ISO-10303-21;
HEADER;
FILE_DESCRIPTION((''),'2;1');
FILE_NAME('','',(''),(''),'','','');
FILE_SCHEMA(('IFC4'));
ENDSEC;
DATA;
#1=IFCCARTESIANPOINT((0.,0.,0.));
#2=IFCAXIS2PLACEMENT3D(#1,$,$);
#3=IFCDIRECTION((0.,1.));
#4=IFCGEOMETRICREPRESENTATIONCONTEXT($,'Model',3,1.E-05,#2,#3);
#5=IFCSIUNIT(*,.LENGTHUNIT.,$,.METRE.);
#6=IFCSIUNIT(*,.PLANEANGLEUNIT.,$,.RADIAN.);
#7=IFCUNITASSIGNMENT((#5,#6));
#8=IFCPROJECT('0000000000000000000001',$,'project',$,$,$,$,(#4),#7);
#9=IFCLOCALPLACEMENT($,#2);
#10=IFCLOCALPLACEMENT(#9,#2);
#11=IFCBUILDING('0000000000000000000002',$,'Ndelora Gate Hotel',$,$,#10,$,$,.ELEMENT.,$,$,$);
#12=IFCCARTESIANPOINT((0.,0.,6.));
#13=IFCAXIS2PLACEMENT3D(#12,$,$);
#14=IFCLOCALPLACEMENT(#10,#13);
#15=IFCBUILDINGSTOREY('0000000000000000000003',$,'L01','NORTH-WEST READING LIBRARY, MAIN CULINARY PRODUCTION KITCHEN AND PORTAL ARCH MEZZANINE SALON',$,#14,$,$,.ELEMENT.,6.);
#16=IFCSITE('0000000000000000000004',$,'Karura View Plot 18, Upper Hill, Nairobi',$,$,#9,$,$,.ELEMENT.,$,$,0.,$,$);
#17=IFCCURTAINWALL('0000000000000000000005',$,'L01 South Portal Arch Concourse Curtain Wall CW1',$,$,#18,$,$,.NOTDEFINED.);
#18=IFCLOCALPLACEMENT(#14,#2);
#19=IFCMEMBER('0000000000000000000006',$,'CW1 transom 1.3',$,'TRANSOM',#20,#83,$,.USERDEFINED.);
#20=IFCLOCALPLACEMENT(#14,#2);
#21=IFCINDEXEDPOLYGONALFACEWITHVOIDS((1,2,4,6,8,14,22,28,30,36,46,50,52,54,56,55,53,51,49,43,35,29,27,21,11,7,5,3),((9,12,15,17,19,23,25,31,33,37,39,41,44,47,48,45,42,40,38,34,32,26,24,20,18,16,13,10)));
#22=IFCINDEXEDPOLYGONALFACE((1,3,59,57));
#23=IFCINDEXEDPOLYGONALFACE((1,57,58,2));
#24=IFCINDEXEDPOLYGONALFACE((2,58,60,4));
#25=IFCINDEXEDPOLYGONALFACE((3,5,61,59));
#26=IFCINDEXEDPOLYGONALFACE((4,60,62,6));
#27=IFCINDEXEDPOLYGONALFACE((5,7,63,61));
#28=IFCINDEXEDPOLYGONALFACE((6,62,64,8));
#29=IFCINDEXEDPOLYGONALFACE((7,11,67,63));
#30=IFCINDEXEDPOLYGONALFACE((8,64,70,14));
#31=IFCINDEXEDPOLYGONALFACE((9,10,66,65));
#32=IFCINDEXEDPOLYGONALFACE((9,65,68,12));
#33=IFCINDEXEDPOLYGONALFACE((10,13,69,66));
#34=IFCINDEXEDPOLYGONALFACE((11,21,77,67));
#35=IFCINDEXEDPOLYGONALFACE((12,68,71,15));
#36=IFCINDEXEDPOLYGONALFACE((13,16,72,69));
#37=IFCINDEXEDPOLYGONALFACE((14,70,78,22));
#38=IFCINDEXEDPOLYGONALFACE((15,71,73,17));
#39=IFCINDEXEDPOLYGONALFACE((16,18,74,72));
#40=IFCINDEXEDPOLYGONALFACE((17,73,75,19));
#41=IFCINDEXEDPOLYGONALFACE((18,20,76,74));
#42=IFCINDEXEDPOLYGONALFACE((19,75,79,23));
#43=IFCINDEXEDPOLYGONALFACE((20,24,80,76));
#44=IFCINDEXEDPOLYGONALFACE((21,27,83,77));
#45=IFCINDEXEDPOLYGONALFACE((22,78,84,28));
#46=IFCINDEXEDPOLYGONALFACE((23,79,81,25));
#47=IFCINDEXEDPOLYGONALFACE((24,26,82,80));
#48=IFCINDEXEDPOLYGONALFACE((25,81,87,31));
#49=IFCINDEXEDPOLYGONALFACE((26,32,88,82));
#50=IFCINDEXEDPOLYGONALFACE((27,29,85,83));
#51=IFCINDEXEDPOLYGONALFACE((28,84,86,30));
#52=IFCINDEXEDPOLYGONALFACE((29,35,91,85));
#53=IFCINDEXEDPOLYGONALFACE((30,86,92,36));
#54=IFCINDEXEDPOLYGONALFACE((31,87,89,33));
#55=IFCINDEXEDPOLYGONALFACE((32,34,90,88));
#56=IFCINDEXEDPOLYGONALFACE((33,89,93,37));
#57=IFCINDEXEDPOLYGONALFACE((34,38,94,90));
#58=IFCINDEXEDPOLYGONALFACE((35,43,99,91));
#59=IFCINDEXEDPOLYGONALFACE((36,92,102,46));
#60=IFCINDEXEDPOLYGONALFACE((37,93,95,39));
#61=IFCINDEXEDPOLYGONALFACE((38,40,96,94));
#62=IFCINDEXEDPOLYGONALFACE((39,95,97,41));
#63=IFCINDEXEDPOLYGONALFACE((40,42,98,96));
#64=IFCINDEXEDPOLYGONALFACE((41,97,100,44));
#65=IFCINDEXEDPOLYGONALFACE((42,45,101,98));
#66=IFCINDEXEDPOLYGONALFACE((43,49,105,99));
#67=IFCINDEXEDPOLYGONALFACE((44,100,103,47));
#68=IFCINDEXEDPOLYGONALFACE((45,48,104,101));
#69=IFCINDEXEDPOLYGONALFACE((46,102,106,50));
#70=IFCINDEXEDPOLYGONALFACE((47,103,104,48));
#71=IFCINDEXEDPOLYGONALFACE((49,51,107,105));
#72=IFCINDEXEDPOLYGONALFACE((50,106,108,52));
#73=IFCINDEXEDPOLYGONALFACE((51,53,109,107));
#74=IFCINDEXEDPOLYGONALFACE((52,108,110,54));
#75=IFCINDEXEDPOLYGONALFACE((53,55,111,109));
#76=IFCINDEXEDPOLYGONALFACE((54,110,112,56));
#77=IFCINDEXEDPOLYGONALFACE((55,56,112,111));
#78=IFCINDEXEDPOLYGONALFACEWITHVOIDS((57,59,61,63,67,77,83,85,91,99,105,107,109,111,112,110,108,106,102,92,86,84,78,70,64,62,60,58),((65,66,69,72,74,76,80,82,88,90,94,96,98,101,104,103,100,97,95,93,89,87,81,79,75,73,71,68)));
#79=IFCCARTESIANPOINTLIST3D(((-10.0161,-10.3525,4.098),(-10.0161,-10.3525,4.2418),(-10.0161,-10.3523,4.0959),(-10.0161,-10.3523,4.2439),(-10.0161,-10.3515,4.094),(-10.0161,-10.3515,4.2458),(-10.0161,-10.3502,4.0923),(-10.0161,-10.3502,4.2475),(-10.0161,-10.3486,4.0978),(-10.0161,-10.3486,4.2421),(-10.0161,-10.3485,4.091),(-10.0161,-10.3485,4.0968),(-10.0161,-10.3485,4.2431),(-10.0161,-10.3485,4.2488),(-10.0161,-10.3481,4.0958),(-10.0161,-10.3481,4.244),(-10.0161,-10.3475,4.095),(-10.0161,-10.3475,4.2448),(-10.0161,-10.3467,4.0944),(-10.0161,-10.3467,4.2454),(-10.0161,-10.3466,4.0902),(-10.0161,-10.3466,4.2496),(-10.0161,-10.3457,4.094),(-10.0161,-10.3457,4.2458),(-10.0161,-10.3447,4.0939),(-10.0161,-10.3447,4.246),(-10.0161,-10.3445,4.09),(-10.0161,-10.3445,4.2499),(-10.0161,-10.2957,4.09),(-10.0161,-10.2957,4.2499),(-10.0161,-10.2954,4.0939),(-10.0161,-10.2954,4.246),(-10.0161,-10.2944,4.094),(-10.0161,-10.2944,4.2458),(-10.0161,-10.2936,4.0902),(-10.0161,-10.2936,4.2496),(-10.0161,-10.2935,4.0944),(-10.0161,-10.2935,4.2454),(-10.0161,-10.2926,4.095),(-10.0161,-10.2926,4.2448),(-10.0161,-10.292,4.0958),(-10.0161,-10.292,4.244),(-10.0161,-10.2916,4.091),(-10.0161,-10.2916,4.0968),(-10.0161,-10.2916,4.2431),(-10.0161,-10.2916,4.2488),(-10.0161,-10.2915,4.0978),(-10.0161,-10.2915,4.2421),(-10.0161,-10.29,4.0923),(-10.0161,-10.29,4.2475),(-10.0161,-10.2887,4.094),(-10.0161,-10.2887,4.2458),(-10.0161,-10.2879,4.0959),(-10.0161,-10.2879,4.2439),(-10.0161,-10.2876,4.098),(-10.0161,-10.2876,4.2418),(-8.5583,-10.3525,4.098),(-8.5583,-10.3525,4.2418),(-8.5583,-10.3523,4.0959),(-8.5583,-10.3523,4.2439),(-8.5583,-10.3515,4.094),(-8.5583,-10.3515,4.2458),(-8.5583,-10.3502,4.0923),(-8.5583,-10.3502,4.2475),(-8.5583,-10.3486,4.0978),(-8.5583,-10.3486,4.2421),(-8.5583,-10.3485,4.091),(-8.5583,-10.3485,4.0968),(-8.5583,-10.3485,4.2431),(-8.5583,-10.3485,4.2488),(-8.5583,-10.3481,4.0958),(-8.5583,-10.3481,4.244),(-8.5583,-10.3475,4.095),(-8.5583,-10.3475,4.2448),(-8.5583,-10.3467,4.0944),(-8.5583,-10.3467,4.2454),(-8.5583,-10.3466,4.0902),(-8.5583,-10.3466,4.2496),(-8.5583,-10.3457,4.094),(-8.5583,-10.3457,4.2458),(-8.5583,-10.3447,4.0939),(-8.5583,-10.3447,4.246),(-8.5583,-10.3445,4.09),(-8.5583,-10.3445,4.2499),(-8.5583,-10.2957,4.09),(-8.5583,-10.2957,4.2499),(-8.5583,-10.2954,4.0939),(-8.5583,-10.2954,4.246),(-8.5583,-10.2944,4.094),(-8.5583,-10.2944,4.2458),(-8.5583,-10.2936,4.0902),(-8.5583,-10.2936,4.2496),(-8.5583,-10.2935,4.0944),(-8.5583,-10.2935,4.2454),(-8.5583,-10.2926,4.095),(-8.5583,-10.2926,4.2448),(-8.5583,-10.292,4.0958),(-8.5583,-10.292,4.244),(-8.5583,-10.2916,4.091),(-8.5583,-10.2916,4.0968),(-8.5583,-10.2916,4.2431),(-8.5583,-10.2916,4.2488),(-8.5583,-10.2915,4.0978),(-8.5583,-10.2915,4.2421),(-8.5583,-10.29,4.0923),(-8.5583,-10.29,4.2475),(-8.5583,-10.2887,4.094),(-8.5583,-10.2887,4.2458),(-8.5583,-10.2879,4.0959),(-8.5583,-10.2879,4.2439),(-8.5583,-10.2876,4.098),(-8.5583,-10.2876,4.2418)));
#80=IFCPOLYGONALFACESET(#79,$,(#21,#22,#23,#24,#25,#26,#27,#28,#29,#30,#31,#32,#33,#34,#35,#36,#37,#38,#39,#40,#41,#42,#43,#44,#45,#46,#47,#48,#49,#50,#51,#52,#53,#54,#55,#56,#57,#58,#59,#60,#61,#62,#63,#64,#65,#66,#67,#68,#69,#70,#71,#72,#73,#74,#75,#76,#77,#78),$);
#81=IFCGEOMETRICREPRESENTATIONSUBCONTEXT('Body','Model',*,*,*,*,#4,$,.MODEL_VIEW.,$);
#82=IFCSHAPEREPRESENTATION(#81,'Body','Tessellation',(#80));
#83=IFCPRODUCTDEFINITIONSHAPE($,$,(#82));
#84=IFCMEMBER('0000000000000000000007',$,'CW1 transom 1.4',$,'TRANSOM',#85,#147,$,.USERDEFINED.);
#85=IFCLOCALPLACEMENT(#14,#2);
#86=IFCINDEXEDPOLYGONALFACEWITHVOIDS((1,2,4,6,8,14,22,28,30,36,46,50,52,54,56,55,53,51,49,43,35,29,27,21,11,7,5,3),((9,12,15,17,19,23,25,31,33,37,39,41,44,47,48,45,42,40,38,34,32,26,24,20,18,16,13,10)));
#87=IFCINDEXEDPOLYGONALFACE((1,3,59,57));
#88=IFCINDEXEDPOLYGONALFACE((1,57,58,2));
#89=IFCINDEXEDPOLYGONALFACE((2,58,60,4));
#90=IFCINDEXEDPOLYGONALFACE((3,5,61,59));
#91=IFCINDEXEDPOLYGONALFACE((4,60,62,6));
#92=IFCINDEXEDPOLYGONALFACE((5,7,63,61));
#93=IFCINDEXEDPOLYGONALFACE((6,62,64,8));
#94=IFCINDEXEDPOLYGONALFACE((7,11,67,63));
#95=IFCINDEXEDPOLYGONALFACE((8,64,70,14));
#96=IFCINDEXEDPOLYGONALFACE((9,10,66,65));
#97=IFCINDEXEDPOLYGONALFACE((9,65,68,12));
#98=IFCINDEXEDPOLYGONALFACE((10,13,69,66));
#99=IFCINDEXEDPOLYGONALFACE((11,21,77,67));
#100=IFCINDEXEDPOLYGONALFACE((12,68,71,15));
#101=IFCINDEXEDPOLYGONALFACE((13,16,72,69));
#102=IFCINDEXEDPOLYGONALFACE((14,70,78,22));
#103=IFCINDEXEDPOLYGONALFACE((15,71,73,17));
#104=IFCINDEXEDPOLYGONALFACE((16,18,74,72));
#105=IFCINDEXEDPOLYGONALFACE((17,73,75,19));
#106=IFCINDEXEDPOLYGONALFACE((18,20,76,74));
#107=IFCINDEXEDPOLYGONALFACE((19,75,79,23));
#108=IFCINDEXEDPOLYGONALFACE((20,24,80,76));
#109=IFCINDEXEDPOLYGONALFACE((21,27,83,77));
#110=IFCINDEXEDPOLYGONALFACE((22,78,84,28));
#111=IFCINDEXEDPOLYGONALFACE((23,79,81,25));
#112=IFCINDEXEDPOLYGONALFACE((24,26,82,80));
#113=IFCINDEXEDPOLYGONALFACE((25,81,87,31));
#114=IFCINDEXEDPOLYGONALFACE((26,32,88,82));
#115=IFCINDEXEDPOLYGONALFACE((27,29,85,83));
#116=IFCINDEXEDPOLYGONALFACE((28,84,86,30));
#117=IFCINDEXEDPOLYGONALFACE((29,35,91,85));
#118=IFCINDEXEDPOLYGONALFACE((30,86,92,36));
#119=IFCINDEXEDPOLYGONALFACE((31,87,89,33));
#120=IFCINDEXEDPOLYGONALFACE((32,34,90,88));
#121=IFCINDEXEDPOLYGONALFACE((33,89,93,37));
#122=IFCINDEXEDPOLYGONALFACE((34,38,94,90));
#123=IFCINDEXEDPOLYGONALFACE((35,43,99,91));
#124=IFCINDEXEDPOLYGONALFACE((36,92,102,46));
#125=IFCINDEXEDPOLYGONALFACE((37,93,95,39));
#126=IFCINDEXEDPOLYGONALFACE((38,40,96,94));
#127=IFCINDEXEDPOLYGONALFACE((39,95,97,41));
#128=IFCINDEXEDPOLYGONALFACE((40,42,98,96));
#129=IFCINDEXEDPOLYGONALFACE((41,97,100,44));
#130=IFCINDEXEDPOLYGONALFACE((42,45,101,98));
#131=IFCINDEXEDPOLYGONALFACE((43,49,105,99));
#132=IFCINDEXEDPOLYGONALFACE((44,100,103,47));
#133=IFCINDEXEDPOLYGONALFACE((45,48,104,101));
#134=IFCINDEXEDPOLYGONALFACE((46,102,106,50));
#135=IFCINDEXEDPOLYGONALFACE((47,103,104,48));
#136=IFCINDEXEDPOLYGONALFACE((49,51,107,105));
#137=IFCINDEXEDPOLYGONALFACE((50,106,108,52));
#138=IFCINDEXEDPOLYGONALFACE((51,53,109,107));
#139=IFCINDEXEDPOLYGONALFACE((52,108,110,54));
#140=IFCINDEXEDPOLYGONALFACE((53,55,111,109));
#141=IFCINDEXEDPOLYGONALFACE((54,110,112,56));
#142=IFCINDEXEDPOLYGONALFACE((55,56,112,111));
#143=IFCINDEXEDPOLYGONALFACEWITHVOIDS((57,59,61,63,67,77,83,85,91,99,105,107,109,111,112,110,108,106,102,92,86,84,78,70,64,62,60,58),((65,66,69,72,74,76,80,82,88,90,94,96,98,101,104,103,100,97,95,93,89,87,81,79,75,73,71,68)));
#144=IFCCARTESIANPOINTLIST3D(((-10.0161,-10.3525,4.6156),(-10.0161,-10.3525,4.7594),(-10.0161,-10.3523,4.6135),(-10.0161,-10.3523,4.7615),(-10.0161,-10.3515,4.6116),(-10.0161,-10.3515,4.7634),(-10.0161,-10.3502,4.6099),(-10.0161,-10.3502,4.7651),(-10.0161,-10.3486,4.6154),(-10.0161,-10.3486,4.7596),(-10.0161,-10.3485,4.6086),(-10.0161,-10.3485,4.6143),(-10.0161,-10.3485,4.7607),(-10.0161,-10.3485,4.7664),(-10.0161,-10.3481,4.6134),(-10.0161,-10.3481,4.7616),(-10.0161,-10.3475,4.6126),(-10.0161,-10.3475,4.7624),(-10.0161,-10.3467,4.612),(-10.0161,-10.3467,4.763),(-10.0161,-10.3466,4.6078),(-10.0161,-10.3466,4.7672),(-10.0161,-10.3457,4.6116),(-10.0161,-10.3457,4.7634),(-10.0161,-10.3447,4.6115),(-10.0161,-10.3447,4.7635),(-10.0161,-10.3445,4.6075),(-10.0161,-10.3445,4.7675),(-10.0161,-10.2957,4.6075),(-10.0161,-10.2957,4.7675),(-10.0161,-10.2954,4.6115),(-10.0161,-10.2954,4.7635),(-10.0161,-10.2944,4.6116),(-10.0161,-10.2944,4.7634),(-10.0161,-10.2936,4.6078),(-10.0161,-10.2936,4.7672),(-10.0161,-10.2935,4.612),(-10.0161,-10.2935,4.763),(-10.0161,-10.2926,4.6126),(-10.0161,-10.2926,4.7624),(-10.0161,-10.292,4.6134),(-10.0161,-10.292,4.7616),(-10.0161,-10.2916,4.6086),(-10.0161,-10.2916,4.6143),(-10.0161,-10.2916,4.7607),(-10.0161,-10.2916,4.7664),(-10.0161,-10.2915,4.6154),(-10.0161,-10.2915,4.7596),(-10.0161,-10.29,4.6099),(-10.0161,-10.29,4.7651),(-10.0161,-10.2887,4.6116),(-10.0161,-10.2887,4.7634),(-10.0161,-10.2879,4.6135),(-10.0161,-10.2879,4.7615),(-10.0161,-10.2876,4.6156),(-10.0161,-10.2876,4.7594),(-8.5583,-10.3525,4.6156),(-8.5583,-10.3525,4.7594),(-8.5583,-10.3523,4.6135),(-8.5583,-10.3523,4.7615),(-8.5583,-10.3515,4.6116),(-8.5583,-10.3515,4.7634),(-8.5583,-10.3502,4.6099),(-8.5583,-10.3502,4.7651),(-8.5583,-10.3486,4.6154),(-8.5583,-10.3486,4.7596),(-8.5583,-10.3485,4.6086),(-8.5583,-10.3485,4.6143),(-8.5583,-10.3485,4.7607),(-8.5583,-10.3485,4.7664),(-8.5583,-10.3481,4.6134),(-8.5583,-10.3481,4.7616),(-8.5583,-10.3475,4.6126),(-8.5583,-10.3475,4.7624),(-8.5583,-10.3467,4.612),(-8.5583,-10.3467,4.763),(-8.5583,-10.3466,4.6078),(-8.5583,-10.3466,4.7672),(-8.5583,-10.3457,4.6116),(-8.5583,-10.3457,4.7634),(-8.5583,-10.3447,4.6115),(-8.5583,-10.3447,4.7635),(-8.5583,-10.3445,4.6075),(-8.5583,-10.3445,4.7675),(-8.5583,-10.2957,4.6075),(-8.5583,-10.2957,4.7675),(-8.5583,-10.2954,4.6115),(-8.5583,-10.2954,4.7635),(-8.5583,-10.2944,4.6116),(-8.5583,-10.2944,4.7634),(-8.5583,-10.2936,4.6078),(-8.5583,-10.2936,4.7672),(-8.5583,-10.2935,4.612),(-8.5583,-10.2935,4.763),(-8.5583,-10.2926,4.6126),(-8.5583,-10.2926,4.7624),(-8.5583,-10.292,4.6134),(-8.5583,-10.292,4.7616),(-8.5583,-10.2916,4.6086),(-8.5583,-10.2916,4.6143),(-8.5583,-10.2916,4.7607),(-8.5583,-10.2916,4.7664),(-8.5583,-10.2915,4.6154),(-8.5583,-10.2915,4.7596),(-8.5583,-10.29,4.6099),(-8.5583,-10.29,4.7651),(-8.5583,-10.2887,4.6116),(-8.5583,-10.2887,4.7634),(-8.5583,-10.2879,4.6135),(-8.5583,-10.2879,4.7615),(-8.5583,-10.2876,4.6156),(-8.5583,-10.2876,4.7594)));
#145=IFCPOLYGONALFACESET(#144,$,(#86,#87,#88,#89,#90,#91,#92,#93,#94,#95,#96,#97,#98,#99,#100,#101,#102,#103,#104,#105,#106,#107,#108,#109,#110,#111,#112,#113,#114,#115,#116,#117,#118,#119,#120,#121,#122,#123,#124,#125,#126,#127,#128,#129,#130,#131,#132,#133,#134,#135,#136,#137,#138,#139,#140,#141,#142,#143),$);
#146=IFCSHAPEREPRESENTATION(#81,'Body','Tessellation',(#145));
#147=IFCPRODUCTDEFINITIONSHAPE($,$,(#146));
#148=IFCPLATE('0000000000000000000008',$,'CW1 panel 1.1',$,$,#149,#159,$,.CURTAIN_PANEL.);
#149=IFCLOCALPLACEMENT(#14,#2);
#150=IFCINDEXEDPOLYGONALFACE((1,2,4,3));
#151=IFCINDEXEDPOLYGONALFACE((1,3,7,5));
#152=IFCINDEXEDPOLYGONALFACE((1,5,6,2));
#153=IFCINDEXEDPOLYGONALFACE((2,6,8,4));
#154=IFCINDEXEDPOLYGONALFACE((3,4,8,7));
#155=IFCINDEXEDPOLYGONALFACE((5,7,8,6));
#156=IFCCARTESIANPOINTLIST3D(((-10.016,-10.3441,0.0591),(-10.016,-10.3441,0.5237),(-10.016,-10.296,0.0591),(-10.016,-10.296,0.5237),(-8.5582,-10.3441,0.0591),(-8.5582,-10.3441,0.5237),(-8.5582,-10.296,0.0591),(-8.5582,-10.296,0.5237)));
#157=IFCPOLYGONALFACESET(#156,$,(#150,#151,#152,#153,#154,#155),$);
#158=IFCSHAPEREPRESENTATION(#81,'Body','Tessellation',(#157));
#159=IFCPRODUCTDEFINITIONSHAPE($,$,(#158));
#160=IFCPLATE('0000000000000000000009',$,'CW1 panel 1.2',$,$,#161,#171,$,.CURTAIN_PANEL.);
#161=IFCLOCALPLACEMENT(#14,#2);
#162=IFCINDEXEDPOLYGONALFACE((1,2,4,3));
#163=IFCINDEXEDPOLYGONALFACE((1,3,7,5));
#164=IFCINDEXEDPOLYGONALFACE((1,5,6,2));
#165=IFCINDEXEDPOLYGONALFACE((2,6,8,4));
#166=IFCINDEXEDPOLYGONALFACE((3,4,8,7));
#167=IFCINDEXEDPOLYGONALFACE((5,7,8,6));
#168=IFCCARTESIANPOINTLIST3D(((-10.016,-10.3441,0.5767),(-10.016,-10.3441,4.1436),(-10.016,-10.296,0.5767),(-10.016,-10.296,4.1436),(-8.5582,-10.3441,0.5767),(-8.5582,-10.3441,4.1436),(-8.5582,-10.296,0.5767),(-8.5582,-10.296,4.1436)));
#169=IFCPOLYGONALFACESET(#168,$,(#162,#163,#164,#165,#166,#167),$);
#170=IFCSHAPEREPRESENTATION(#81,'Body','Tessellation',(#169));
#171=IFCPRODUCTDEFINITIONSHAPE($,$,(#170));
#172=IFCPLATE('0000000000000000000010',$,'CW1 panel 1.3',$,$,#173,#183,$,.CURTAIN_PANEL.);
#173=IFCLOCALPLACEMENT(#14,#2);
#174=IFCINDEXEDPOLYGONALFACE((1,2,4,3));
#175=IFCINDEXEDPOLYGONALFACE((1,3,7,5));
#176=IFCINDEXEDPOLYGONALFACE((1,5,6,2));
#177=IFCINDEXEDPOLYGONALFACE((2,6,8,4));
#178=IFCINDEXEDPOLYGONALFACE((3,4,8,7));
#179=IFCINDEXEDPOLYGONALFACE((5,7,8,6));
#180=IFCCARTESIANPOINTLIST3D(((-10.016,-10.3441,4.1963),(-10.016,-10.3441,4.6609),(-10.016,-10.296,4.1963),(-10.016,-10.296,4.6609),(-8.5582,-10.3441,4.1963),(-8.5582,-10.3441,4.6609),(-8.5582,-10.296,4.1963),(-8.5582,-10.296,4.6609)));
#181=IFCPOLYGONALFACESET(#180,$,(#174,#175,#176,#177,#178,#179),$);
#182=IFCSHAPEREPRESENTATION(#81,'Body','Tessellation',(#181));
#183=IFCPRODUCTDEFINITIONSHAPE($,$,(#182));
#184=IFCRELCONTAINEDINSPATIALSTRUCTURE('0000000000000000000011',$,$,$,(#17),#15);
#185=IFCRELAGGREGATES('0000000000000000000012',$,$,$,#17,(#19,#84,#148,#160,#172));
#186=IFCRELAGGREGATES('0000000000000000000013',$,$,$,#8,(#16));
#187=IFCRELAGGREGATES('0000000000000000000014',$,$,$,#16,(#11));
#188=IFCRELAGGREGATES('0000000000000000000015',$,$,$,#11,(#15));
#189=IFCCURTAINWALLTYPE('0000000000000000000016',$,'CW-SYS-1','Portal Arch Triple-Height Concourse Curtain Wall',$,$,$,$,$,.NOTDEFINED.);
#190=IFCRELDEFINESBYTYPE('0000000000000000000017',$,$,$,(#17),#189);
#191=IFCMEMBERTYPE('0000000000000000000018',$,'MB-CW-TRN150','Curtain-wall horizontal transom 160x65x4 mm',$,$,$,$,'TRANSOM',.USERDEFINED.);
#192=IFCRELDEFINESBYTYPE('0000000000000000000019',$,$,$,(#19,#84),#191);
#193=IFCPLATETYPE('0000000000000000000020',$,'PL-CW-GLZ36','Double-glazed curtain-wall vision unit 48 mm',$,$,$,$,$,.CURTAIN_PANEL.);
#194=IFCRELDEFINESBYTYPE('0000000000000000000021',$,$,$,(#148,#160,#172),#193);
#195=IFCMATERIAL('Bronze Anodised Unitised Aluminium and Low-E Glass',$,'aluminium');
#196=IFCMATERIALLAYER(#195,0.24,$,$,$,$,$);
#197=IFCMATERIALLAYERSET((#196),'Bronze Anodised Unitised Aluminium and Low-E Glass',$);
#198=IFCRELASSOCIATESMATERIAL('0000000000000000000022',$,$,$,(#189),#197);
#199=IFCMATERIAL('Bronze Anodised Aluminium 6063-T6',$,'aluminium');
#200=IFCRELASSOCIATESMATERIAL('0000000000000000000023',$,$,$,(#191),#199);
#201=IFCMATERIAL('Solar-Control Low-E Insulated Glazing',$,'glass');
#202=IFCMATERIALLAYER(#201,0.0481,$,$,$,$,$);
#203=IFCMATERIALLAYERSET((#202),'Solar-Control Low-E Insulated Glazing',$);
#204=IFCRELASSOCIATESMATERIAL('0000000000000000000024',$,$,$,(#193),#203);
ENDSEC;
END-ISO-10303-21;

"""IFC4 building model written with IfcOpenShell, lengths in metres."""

from ifc_helpers import new_model, si_unit, direction, frame, origin, origin_2d, place, context, subcontext, project, spatial, rectangle, hollow_rectangle, extrude, material, layer, layer_set, material_profile, profile_set, type_object, element, aggregate, save


model = new_model("IFC4")

# Units and contexts
model_context = context("Model", 3, precision=1e-05, world=origin(), true_north=direction((0.0, 1.0)))
body_context = subcontext(model_context, "Body", "Model", "MODEL_VIEW")
ifc_project = project(units=[si_unit("LENGTHUNIT", "METRE"), si_unit("PLANEANGLEUNIT", "RADIAN")], contexts=[model_context])

# Site, building, storey
site_placement = place(None, origin())
site = spatial("IfcSite", under=ifc_project, at=site_placement, Name="Karura View Plot 18, Upper Hill, Nairobi", CompositionType="ELEMENT", RefElevation=0.0)
building_placement = place(site_placement, origin())
building = spatial("IfcBuilding", under=site, at=building_placement, Name="Ndelora Gate Hotel", CompositionType="ELEMENT")
storey_placement = place(building_placement, frame((0.0, 0.0, 6.0)))
storey = spatial("IfcBuildingStorey", under=building, at=storey_placement, Name="L01", Description="NORTH-WEST READING LIBRARY, MAIN CULINARY PRODUCTION KITCHEN AND PORTAL ARCH MEZZANINE SALON", CompositionType="ELEMENT", Elevation=6.0)

# Curtain wall, members, plates
ifc_material_1 = material(Name="Bronze Anodised Unitised Aluminium and Low-E Glass", Category="aluminium")
ifc_layer_1 = layer(ifc_material_1, 0.24)
ifc_layer_set_1 = layer_set([ifc_layer_1], Name="Bronze Anodised Unitised Aluminium and Low-E Glass")
curtain_wall_type = type_object("IfcCurtainWallType", Name="CW-SYS-1", Description="Portal Arch Triple-Height Concourse Curtain Wall", PredefinedType="NOTDEFINED", material=ifc_layer_set_1)
curtain_wall_placement = place(storey_placement, origin())
curtain_wall = element("IfcCurtainWall", 1, at=curtain_wall_placement, inside=storey, type_object=curtain_wall_type, Name="L01 South Portal Arch Concourse Curtain Wall CW1", PredefinedType="NOTDEFINED")
ifc_material_2 = material(Name="Bronze Anodised Aluminium 6063-T6", Category="aluminium")
ifc_material_profile_1 = material_profile(ifc_material_2, hollow_rectangle(XDim=0.0649, YDim=0.1599, WallThickness=0.0039, InnerFilletRadius=0.0039, OuterFilletRadius=0.0081, at=origin_2d()), Name="ALU 160x65x4")
ifc_profile_set_1 = profile_set([ifc_material_profile_1], Name="Bronze Anodised Aluminium 6063-T6")
member_type_1 = type_object("IfcMemberType", Name="MB-CW-TRN150", Description="Curtain-wall horizontal transom 160x65x4 mm", ElementType="TRANSOM", PredefinedType="USERDEFINED", material=ifc_profile_set_1)
member_1_placement = place(storey_placement, frame((-10.0161, -10.3201, 4.1699), z_axis=(1.0, 0.0, 0.0), x_axis=(0.0, 1.0, 0.0)))
member_1 = element("IfcMember", 2, at=member_1_placement, type_object=member_type_1, Name="CW1 transom 1.3", ObjectType="TRANSOM", PredefinedType="USERDEFINED", context=body_context, shape_type="SweptSolid", body=[
    extrude(hollow_rectangle(XDim=0.0649, YDim=0.1599, WallThickness=0.0039, InnerFilletRadius=0.0039, OuterFilletRadius=0.0081, at=origin_2d()), origin(), (0.0, 0.0, 1.0), 1.4578),
])
member_2_placement = place(storey_placement, frame((-10.0161, -10.3201, 4.6875), z_axis=(1.0, 0.0, 0.0), x_axis=(0.0, 1.0, 0.0)))
member_2 = element("IfcMember", 3, at=member_2_placement, type_object=member_type_1, Name="CW1 transom 1.4", ObjectType="TRANSOM", PredefinedType="USERDEFINED", context=body_context, shape_type="SweptSolid", body=[
    extrude(hollow_rectangle(XDim=0.0649, YDim=0.1599, WallThickness=0.0039, InnerFilletRadius=0.0039, OuterFilletRadius=0.0081, at=origin_2d()), origin(), (0.0, 0.0, 1.0), 1.4578),
])
ifc_material_3 = material(Name="Solar-Control Low-E Insulated Glazing", Category="glass")
ifc_layer_2 = layer(ifc_material_3, 0.0481)
ifc_layer_set_2 = layer_set([ifc_layer_2], Name="Solar-Control Low-E Insulated Glazing")
plate_type = type_object("IfcPlateType", Name="PL-CW-GLZ36", Description="Double-glazed curtain-wall vision unit 48 mm", PredefinedType="CURTAIN_PANEL", material=ifc_layer_set_2)
plate_1_placement = place(storey_placement, frame((-9.2871, -10.3201, 0.0591), z_axis=(0.0, 0.0, 1.0), x_axis=(1.0, 0.0, 0.0)))
plate_1 = element("IfcPlate", 4, at=plate_1_placement, type_object=plate_type, Name="CW1 panel 1.1", PredefinedType="CURTAIN_PANEL", context=body_context, shape_type="SweptSolid", body=[
    extrude(rectangle(XDim=1.4578, YDim=0.0481, at=origin_2d()), origin(), (0.0, 0.0, 1.0), 0.4646),
])
plate_2_placement = place(storey_placement, frame((-9.2871, -10.3201, 0.5767), z_axis=(0.0, 0.0, 1.0), x_axis=(1.0, 0.0, 0.0)))
plate_2 = element("IfcPlate", 5, at=plate_2_placement, type_object=plate_type, Name="CW1 panel 1.2", PredefinedType="CURTAIN_PANEL", context=body_context, shape_type="SweptSolid", body=[
    extrude(rectangle(XDim=1.4578, YDim=0.0481, at=origin_2d()), origin(), (0.0, 0.0, 1.0), 3.5669),
])
plate_3_placement = place(storey_placement, frame((-9.2871, -10.3201, 4.1963), z_axis=(0.0, 0.0, 1.0), x_axis=(1.0, 0.0, 0.0)))
plate_3 = element("IfcPlate", 6, at=plate_3_placement, type_object=plate_type, Name="CW1 panel 1.3", PredefinedType="CURTAIN_PANEL", context=body_context, shape_type="SweptSolid", body=[
    extrude(rectangle(XDim=1.4578, YDim=0.0481, at=origin_2d()), origin(), (0.0, 0.0, 1.0), 0.4646),
])
aggregate(curtain_wall, [member_1, member_2, plate_1, plate_2, plate_3])

save(model, "model.ifc")
